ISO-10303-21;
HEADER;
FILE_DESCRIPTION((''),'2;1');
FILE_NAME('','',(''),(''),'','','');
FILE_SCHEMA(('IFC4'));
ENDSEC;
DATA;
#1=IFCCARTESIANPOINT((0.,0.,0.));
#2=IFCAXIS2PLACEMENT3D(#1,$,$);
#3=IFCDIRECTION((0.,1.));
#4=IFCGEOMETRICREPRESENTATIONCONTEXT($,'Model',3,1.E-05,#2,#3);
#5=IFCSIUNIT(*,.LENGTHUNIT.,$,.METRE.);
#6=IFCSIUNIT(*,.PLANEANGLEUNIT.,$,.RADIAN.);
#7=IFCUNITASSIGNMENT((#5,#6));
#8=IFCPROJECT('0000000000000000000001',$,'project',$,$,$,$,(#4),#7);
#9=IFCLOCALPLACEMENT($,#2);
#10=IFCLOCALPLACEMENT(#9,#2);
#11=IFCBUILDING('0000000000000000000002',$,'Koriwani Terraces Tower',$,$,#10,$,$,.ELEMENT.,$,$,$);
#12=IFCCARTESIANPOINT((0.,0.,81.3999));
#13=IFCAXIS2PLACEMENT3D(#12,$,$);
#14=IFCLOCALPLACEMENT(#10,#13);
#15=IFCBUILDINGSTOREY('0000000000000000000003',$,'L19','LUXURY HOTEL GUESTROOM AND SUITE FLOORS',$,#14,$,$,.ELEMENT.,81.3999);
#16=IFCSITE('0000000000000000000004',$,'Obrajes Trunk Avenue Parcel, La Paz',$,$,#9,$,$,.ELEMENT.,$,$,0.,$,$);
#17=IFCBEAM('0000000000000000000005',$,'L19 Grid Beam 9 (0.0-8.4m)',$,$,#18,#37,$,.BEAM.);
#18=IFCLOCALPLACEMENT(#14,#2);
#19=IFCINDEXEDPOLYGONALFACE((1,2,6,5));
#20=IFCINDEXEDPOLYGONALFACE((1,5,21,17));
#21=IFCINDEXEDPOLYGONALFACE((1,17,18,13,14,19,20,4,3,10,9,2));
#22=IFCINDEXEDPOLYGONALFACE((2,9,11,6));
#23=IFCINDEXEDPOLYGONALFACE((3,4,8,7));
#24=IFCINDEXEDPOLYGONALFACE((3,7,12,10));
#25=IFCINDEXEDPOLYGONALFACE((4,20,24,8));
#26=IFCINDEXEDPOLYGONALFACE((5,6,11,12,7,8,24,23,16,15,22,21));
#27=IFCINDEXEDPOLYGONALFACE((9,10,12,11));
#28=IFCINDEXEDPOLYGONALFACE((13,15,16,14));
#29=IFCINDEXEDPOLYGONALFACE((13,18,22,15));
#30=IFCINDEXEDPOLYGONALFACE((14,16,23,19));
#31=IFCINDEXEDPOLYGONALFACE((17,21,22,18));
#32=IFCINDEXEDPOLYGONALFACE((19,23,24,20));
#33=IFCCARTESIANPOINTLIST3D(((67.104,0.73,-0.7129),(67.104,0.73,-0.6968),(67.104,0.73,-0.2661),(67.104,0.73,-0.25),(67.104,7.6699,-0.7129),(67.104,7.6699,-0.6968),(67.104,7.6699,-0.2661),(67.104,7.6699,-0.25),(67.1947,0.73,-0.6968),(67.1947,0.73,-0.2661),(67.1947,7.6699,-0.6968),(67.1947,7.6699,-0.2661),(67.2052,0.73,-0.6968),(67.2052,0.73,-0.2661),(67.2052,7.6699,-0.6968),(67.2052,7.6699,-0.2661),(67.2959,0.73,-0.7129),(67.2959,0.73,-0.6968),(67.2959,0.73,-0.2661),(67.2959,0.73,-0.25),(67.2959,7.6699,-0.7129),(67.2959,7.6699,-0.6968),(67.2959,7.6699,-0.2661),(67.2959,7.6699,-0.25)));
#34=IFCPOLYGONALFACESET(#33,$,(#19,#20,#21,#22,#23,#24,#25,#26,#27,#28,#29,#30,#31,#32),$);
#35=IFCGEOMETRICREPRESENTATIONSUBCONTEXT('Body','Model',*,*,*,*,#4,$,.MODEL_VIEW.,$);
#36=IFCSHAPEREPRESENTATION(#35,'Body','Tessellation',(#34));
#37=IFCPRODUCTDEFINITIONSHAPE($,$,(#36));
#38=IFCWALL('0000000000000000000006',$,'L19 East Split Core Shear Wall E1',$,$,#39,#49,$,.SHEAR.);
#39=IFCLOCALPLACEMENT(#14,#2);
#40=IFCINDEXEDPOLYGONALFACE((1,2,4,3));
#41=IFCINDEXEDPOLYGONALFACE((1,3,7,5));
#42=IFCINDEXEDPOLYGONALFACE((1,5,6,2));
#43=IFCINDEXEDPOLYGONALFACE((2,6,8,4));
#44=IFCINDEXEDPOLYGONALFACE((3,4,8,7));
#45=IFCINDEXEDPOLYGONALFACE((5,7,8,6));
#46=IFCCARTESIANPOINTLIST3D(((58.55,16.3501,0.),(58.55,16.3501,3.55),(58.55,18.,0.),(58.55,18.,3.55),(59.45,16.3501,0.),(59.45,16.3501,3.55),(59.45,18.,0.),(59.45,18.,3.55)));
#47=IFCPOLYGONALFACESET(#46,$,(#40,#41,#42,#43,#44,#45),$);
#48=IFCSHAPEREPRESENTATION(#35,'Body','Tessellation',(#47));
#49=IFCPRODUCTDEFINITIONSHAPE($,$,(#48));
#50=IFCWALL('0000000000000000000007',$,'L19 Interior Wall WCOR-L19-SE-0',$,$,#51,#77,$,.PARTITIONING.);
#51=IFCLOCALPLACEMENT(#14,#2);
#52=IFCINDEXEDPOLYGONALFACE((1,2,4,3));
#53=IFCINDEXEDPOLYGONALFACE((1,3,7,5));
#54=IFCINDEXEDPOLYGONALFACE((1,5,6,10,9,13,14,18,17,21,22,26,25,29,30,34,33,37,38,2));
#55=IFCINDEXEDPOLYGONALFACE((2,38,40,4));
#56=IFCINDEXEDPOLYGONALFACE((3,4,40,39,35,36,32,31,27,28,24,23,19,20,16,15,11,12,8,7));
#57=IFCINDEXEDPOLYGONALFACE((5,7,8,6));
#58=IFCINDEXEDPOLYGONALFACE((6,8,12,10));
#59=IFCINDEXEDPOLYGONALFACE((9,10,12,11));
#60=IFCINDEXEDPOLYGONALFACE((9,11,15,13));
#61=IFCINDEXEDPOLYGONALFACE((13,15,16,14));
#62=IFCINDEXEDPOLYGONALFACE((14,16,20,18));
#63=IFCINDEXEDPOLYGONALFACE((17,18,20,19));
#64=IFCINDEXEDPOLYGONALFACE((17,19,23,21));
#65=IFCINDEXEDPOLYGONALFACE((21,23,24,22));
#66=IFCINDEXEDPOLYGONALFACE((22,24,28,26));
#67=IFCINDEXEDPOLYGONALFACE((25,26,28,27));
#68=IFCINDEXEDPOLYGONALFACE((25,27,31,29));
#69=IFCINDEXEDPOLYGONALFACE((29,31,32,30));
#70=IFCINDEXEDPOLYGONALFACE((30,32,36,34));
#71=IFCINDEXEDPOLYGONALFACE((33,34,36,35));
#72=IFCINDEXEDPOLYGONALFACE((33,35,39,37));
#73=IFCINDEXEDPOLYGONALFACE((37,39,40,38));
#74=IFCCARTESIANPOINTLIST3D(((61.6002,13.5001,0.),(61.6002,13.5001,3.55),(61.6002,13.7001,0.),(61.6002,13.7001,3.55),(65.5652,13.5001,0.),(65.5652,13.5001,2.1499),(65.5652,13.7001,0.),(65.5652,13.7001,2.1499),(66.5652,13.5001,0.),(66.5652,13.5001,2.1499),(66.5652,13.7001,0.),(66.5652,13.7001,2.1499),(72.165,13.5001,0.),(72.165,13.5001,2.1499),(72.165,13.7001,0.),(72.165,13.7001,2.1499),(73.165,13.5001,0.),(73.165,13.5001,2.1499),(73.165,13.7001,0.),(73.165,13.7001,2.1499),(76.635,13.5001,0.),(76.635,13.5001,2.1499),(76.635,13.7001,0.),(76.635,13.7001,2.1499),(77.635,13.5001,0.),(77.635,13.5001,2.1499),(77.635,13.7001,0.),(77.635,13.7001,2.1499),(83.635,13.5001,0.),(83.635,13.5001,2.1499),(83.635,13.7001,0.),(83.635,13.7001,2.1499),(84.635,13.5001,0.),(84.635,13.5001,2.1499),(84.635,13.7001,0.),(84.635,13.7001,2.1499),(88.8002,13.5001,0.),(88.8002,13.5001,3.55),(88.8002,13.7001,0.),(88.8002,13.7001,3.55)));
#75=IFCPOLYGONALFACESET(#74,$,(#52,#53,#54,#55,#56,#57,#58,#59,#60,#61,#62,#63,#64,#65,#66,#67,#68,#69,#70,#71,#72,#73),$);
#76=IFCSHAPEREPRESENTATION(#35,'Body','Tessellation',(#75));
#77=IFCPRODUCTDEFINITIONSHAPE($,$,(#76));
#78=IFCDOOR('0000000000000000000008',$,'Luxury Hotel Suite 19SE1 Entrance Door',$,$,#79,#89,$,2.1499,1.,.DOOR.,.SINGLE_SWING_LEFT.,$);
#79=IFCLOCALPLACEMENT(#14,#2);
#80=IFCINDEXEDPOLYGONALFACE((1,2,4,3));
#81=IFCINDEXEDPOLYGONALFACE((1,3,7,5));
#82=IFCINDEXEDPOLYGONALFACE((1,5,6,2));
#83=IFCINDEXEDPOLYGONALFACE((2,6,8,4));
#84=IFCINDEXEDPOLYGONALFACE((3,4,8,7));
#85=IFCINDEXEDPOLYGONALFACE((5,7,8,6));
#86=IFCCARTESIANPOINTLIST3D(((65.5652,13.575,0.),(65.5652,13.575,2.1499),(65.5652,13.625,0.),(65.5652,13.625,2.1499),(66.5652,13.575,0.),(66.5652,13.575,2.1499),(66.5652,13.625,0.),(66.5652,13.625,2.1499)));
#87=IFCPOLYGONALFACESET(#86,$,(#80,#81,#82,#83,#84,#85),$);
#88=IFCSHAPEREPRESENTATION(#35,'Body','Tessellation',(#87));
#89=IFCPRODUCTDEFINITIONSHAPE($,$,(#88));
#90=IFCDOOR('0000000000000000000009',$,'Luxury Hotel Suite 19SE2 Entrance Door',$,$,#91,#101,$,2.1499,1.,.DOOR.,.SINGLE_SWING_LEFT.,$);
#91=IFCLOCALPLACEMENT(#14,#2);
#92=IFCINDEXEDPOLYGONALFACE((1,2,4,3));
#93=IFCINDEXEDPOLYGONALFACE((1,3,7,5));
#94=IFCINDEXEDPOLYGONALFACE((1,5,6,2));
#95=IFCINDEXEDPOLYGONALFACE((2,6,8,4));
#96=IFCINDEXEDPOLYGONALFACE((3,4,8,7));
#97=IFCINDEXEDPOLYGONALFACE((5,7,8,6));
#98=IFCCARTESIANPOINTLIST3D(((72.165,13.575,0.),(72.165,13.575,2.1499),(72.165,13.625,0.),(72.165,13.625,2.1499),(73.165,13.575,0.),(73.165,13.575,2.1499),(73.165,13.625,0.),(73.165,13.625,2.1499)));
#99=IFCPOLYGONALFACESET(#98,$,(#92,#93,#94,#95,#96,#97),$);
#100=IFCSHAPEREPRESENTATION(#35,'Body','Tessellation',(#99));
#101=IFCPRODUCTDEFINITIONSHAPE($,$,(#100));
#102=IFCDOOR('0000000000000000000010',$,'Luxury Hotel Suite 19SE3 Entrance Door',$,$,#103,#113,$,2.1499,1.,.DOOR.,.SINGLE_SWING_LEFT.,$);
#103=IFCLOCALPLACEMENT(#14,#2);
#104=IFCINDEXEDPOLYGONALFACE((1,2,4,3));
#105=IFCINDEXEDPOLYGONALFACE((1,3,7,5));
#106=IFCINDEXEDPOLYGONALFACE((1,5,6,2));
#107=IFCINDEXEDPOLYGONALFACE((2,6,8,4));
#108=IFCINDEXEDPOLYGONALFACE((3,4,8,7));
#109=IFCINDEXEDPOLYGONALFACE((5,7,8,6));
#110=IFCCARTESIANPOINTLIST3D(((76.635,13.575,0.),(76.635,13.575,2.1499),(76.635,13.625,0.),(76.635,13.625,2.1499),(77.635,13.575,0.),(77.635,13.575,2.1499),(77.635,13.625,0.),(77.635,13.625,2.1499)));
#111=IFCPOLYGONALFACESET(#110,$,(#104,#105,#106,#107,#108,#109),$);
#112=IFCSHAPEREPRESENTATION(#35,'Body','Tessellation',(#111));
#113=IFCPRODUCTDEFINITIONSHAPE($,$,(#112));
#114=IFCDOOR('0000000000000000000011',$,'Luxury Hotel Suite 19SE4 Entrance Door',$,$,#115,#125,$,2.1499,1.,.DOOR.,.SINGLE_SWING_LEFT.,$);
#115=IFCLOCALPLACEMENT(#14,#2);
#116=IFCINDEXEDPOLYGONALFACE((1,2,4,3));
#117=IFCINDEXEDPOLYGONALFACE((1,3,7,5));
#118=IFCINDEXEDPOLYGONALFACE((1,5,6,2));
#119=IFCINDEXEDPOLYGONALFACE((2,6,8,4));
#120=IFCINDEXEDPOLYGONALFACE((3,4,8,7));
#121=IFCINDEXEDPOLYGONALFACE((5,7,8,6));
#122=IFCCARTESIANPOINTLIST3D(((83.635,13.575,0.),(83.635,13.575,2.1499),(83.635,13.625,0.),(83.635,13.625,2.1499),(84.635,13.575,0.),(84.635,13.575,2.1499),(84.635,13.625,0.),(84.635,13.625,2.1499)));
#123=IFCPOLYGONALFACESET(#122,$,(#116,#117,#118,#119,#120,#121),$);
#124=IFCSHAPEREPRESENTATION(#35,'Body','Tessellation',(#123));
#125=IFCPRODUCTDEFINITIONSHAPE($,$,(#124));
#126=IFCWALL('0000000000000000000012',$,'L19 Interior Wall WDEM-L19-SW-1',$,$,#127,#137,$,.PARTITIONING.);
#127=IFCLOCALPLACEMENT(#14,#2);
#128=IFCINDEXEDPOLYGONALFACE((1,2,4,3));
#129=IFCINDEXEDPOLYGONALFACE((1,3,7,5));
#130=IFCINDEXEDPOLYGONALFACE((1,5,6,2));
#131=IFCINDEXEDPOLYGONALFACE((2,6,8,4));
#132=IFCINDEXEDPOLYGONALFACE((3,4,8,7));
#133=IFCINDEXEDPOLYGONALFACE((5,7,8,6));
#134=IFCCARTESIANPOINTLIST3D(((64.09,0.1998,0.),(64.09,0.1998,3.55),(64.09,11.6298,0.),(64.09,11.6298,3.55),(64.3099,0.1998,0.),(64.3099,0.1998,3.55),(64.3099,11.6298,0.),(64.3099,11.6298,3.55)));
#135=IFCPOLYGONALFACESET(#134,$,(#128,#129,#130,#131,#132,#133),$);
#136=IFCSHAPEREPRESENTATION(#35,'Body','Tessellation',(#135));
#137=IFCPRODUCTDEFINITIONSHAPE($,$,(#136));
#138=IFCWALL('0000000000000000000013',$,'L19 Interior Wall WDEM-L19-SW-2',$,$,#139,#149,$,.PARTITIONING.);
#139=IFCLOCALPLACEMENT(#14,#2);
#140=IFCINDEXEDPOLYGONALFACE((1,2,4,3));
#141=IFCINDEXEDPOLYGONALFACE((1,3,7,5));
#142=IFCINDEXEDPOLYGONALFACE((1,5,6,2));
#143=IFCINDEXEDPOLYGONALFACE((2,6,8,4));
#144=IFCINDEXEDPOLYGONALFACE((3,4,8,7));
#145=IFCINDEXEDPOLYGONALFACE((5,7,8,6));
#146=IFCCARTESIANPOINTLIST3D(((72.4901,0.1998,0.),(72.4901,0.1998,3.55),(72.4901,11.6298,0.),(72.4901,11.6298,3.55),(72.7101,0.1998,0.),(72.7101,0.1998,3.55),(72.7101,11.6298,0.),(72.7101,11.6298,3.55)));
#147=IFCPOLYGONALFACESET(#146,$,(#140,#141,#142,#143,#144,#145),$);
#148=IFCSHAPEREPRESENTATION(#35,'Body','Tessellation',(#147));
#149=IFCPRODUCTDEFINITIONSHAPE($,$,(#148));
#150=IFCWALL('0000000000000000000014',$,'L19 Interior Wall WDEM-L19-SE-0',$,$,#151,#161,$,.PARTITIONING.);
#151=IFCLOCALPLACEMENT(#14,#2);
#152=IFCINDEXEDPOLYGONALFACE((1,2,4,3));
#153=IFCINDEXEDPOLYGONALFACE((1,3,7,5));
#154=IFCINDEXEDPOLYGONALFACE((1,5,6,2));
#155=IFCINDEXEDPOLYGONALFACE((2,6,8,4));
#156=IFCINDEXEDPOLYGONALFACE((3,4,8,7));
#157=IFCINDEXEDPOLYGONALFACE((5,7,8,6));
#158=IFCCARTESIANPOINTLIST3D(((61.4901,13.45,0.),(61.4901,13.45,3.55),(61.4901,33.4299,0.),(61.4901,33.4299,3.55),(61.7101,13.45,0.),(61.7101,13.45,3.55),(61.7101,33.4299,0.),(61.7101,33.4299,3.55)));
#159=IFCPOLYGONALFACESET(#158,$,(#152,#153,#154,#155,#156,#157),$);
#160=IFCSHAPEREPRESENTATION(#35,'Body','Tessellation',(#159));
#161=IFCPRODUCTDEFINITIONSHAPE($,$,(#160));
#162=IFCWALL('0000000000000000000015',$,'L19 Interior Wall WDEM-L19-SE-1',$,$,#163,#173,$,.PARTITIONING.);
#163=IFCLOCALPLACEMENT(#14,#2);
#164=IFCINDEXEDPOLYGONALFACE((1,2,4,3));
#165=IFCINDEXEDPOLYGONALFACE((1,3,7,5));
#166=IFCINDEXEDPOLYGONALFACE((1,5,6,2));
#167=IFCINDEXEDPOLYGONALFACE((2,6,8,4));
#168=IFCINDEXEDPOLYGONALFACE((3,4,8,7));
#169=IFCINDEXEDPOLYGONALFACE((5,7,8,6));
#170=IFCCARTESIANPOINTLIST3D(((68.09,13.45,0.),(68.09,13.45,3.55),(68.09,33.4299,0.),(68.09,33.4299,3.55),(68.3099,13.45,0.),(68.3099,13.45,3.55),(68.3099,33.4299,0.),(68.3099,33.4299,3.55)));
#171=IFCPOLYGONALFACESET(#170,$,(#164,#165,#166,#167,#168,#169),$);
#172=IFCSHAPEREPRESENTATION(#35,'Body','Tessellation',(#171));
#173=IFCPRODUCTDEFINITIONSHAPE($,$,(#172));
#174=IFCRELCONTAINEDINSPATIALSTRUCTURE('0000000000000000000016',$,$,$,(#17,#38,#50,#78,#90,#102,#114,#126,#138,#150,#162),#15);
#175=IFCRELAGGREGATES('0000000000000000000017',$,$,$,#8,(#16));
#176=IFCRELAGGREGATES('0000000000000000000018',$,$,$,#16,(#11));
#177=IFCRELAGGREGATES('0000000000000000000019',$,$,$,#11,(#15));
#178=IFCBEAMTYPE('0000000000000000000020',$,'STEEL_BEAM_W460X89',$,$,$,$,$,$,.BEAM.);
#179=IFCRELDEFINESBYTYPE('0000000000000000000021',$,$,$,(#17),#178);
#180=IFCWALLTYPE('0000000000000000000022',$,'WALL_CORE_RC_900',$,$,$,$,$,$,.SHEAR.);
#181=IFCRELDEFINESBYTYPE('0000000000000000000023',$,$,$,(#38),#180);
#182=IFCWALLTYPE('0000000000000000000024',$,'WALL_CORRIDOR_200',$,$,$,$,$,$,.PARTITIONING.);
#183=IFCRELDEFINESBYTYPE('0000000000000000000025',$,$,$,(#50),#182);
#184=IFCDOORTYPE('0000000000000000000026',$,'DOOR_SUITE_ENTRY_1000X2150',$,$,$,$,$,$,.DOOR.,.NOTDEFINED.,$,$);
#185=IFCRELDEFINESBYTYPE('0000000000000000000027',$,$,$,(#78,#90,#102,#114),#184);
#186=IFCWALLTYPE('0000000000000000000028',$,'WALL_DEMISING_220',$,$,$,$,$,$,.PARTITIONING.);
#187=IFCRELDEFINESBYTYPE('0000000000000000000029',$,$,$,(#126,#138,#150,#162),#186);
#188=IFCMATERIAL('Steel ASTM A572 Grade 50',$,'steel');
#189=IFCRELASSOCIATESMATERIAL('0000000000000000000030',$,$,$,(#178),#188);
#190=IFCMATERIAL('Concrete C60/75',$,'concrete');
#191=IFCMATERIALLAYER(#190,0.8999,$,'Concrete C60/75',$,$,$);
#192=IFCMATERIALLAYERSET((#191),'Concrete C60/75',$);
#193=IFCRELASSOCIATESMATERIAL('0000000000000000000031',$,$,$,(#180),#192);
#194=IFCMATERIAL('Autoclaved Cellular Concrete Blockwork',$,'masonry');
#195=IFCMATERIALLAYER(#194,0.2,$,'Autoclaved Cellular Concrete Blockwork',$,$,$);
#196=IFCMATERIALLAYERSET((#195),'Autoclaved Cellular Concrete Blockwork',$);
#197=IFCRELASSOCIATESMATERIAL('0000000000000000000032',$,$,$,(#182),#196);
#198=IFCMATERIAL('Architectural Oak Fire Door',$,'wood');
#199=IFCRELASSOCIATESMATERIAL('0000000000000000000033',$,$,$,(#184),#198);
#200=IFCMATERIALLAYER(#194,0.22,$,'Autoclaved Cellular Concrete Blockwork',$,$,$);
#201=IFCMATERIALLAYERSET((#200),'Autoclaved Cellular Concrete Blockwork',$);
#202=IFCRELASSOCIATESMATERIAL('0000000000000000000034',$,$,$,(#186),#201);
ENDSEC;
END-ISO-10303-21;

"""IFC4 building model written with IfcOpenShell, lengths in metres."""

from ifc_helpers import new_model, si_unit, direction, frame, frame_2d, origin, origin_2d, place, context, subcontext, project, spatial, rectangle, i_section, extrude, material, layer, layer_set, material_profile, profile_set, type_object, element, fill, save


model = new_model("IFC4")

# Units and contexts
model_context = context("Model", 3, precision=1e-05, world=origin(), true_north=direction((0.0, 1.0)))
body_context = subcontext(model_context, "Body", "Model", "MODEL_VIEW")
ifc_project = project(units=[si_unit("LENGTHUNIT", "METRE"), si_unit("PLANEANGLEUNIT", "RADIAN")], contexts=[model_context])

# Site, building, storey
site_placement = place(None, origin())
site = spatial("IfcSite", under=ifc_project, at=site_placement, Name="Obrajes Trunk Avenue Parcel, La Paz", CompositionType="ELEMENT", RefElevation=0.0)
building_placement = place(site_placement, origin())
building = spatial("IfcBuilding", under=site, at=building_placement, Name="Koriwani Terraces Tower", CompositionType="ELEMENT")
storey_placement = place(building_placement, frame((0.0, 0.0, 81.3999)))
storey = spatial("IfcBuildingStorey", under=building, at=storey_placement, Name="L19", Description="LUXURY HOTEL GUESTROOM AND SUITE FLOORS", CompositionType="ELEMENT", Elevation=81.3999)

# Shared definitions
ifc_material_1 = material(Name="Concrete C60/75", Category="concrete")

# Beam
ifc_material_2 = material(Name="Steel ASTM A572 Grade 50", Category="steel")
ifc_material_profile_1 = material_profile(ifc_material_2, i_section(OverallWidth=0.1919, OverallDepth=0.4629, WebThickness=0.0105, FlangeThickness=0.0161, at=origin_2d()), Name="Steel ASTM A572 Grade 50", Category="LoadBearing")
ifc_profile_set_1 = profile_set([ifc_material_profile_1], Name="Steel ASTM A572 Grade 50")
beam_type_1 = type_object("IfcBeamType", Name="STEEL_BEAM_W460X89", PredefinedType="BEAM", material=ifc_profile_set_1)
beam_1_placement = place(storey_placement, frame((67.2, 0.73, -0.4814), z_axis=(0.0, 1.0, 0.0), x_axis=(-1.0, 0.0, 0.0)))
element("IfcBeam", 1, at=beam_1_placement, inside=storey, type_object=beam_type_1, Name="L19 Grid Beam 9 (0.0-8.4m)", PredefinedType="BEAM", context=body_context, shape_type="SweptSolid", body=[
    extrude(i_section(OverallWidth=0.1919, OverallDepth=0.4629, WebThickness=0.0105, FlangeThickness=0.0161, at=origin_2d()), origin(), (0.0, 0.0, 1.0), 6.9399),
])

# Wall
ifc_layer_1 = layer(ifc_material_1, 0.8999, Name="Concrete C60/75")
ifc_layer_set_1 = layer_set([ifc_layer_1], Name="Concrete C60/75")
wall_type_1 = type_object("IfcWallType", Name="WALL_CORE_RC_900", PredefinedType="SHEAR", material=ifc_layer_set_1)
wall_1_placement = place(storey_placement, frame((59.0, 16.3501, 0.0), z_axis=(0.0, 0.0, 1.0), x_axis=(0.0, 1.0, 0.0)))
element("IfcWall", 2, at=wall_1_placement, inside=storey, type_object=wall_type_1, Name="L19 East Split Core Shear Wall E1", PredefinedType="SHEAR", context=body_context, shape_type="SweptSolid", body=[
    extrude(rectangle(XDim=1.6499, YDim=0.8999, at=frame_2d((0.825, 0.0))), origin(), (0.0, 0.0, 1.0), 3.55),
])

# Wall, openings, doors
ifc_material_3 = material(Name="Autoclaved Cellular Concrete Blockwork", Category="masonry")
ifc_layer_2 = layer(ifc_material_3, 0.2, Name="Autoclaved Cellular Concrete Blockwork")
ifc_layer_set_2 = layer_set([ifc_layer_2], Name="Autoclaved Cellular Concrete Blockwork")
wall_type_2 = type_object("IfcWallType", Name="WALL_CORRIDOR_200", PredefinedType="PARTITIONING", material=ifc_layer_set_2)
wall_2_placement = place(storey_placement, frame((61.6001, 13.6001, 0.0), z_axis=(0.0, 0.0, 1.0), x_axis=(1.0, 0.0, 0.0)))
wall_2 = element("IfcWall", 3, at=wall_2_placement, inside=storey, type_object=wall_type_2, Name="L19 Interior Wall WCOR-L19-SE-0", PredefinedType="PARTITIONING", context=body_context, shape_type="SweptSolid", body=[
    extrude(rectangle(XDim=27.2, YDim=0.2, at=frame_2d((13.6001, 0.0))), origin(), (0.0, 0.0, 1.0), 3.55),
])
opening_1_placement = place(wall_2_placement, frame((3.9651, 0.0, 0.0)))
opening_1 = element("IfcOpeningElement", 4, at=opening_1_placement, cuts=wall_2, PredefinedType="OPENING", context=body_context, shape_type="SweptSolid", body=[
    extrude(rectangle(XDim=1.0, YDim=2.1499, at=frame_2d((0.5, 1.075))), frame((0.0, 0.1099, 0.0), z_axis=(0.0, -1.0, 0.0), x_axis=(1.0, 0.0, 0.0)), (0.0, 0.0, 1.0), 0.22),
])
opening_2_placement = place(wall_2_placement, frame((10.5649, 0.0, 0.0)))
opening_2 = element("IfcOpeningElement", 5, at=opening_2_placement, cuts=wall_2, PredefinedType="OPENING", context=body_context, shape_type="SweptSolid", body=[
    extrude(rectangle(XDim=1.0, YDim=2.1499, at=frame_2d((0.5, 1.075))), frame((0.0, 0.1099, 0.0), z_axis=(0.0, -1.0, 0.0), x_axis=(1.0, 0.0, 0.0)), (0.0, 0.0, 1.0), 0.22),
])
opening_3_placement = place(wall_2_placement, frame((15.0349, 0.0, 0.0)))
opening_3 = element("IfcOpeningElement", 6, at=opening_3_placement, cuts=wall_2, PredefinedType="OPENING", context=body_context, shape_type="SweptSolid", body=[
    extrude(rectangle(XDim=1.0, YDim=2.1499, at=frame_2d((0.5, 1.075))), frame((0.0, 0.1099, 0.0), z_axis=(0.0, -1.0, 0.0), x_axis=(1.0, 0.0, 0.0)), (0.0, 0.0, 1.0), 0.22),
])
opening_4_placement = place(wall_2_placement, frame((22.0349, 0.0, 0.0)))
opening_4 = element("IfcOpeningElement", 7, at=opening_4_placement, cuts=wall_2, PredefinedType="OPENING", context=body_context, shape_type="SweptSolid", body=[
    extrude(rectangle(XDim=1.0, YDim=2.1499, at=frame_2d((0.5, 1.075))), frame((0.0, 0.1099, 0.0), z_axis=(0.0, -1.0, 0.0), x_axis=(1.0, 0.0, 0.0)), (0.0, 0.0, 1.0), 0.22),
])
ifc_material_4 = material(Name="Architectural Oak Fire Door", Category="wood")
door_type_1 = type_object("IfcDoorType", Name="DOOR_SUITE_ENTRY_1000X2150", OperationType="NOTDEFINED", PredefinedType="DOOR", material=ifc_material_4)
door_1_placement = place(opening_1_placement, origin())
door_1 = element("IfcDoor", 8, at=door_1_placement, inside=storey, type_object=door_type_1, Name="Luxury Hotel Suite 19SE1 Entrance Door", OperationType="SINGLE_SWING_LEFT", OverallHeight=2.1499, OverallWidth=1.0, PredefinedType="DOOR", context=body_context, shape_type="SweptSolid", body=[
    extrude(rectangle(XDim=1.0, YDim=2.1499, at=frame_2d((0.5, 1.075))), frame((0.0, 0.0249, 0.0), z_axis=(0.0, -1.0, 0.0), x_axis=(1.0, 0.0, 0.0)), (0.0, 0.0, 1.0), 0.05),
])
fill(opening_1, door_1)
door_2_placement = place(opening_2_placement, origin())
door_2 = element("IfcDoor", 9, at=door_2_placement, inside=storey, type_object=door_type_1, Name="Luxury Hotel Suite 19SE2 Entrance Door", OperationType="SINGLE_SWING_LEFT", OverallHeight=2.1499, OverallWidth=1.0, PredefinedType="DOOR", context=body_context, shape_type="SweptSolid", body=[
    extrude(rectangle(XDim=1.0, YDim=2.1499, at=frame_2d((0.5, 1.075))), frame((0.0, 0.0249, 0.0), z_axis=(0.0, -1.0, 0.0), x_axis=(1.0, 0.0, 0.0)), (0.0, 0.0, 1.0), 0.05),
])
fill(opening_2, door_2)
door_3_placement = place(opening_3_placement, origin())
door_3 = element("IfcDoor", 10, at=door_3_placement, inside=storey, type_object=door_type_1, Name="Luxury Hotel Suite 19SE3 Entrance Door", OperationType="SINGLE_SWING_LEFT", OverallHeight=2.1499, OverallWidth=1.0, PredefinedType="DOOR", context=body_context, shape_type="SweptSolid", body=[
    extrude(rectangle(XDim=1.0, YDim=2.1499, at=frame_2d((0.5, 1.075))), frame((0.0, 0.0249, 0.0), z_axis=(0.0, -1.0, 0.0), x_axis=(1.0, 0.0, 0.0)), (0.0, 0.0, 1.0), 0.05),
])
fill(opening_3, door_3)
door_4_placement = place(opening_4_placement, origin())
door_4 = element("IfcDoor", 11, at=door_4_placement, inside=storey, type_object=door_type_1, Name="Luxury Hotel Suite 19SE4 Entrance Door", OperationType="SINGLE_SWING_LEFT", OverallHeight=2.1499, OverallWidth=1.0, PredefinedType="DOOR", context=body_context, shape_type="SweptSolid", body=[
    extrude(rectangle(XDim=1.0, YDim=2.1499, at=frame_2d((0.5, 1.075))), frame((0.0, 0.0249, 0.0), z_axis=(0.0, -1.0, 0.0), x_axis=(1.0, 0.0, 0.0)), (0.0, 0.0, 1.0), 0.05),
])
fill(opening_4, door_4)

# Walls
ifc_layer_3 = layer(ifc_material_3, 0.22, Name="Autoclaved Cellular Concrete Blockwork")
ifc_layer_set_3 = layer_set([ifc_layer_3], Name="Autoclaved Cellular Concrete Blockwork")
wall_type_3 = type_object("IfcWallType", Name="WALL_DEMISING_220", PredefinedType="PARTITIONING", material=ifc_layer_set_3)
for number, where, z_axis, x_axis, name in (
    (12, (64.2, 0.2, 0.0), (0.0, 0.0, 1.0), (0.0, 1.0, 0.0), "L19 Interior Wall WDEM-L19-SW-1"),
    (13, (72.6001, 0.2, 0.0), (0.0, 0.0, 1.0), (0.0, 1.0, 0.0), "L19 Interior Wall WDEM-L19-SW-2"),
):
    element("IfcWall", number, at=place(storey_placement, frame(where, z_axis=z_axis, x_axis=x_axis)), inside=storey, type_object=wall_type_3, Name=name, PredefinedType="PARTITIONING", context=body_context, shape_type="SweptSolid", body=[
        extrude(rectangle(XDim=11.4299, YDim=0.22, at=frame_2d((5.7148, 0.0))), origin(), (0.0, 0.0, 1.0), 3.55),
    ])
for number, where, z_axis, x_axis, name in (
    (14, (61.6001, 13.45, 0.0), (0.0, 0.0, 1.0), (0.0, 1.0, 0.0), "L19 Interior Wall WDEM-L19-SE-0"),
    (15, (68.2, 13.45, 0.0), (0.0, 0.0, 1.0), (0.0, 1.0, 0.0), "L19 Interior Wall WDEM-L19-SE-1"),
):
    element("IfcWall", number, at=place(storey_placement, frame(where, z_axis=z_axis, x_axis=x_axis)), inside=storey, type_object=wall_type_3, Name=name, PredefinedType="PARTITIONING", context=body_context, shape_type="SweptSolid", body=[
        extrude(rectangle(XDim=19.98, YDim=0.22, at=frame_2d((9.99, 0.0))), origin(), (0.0, 0.0, 1.0), 3.55),
    ])

save(model, "model.ifc")
